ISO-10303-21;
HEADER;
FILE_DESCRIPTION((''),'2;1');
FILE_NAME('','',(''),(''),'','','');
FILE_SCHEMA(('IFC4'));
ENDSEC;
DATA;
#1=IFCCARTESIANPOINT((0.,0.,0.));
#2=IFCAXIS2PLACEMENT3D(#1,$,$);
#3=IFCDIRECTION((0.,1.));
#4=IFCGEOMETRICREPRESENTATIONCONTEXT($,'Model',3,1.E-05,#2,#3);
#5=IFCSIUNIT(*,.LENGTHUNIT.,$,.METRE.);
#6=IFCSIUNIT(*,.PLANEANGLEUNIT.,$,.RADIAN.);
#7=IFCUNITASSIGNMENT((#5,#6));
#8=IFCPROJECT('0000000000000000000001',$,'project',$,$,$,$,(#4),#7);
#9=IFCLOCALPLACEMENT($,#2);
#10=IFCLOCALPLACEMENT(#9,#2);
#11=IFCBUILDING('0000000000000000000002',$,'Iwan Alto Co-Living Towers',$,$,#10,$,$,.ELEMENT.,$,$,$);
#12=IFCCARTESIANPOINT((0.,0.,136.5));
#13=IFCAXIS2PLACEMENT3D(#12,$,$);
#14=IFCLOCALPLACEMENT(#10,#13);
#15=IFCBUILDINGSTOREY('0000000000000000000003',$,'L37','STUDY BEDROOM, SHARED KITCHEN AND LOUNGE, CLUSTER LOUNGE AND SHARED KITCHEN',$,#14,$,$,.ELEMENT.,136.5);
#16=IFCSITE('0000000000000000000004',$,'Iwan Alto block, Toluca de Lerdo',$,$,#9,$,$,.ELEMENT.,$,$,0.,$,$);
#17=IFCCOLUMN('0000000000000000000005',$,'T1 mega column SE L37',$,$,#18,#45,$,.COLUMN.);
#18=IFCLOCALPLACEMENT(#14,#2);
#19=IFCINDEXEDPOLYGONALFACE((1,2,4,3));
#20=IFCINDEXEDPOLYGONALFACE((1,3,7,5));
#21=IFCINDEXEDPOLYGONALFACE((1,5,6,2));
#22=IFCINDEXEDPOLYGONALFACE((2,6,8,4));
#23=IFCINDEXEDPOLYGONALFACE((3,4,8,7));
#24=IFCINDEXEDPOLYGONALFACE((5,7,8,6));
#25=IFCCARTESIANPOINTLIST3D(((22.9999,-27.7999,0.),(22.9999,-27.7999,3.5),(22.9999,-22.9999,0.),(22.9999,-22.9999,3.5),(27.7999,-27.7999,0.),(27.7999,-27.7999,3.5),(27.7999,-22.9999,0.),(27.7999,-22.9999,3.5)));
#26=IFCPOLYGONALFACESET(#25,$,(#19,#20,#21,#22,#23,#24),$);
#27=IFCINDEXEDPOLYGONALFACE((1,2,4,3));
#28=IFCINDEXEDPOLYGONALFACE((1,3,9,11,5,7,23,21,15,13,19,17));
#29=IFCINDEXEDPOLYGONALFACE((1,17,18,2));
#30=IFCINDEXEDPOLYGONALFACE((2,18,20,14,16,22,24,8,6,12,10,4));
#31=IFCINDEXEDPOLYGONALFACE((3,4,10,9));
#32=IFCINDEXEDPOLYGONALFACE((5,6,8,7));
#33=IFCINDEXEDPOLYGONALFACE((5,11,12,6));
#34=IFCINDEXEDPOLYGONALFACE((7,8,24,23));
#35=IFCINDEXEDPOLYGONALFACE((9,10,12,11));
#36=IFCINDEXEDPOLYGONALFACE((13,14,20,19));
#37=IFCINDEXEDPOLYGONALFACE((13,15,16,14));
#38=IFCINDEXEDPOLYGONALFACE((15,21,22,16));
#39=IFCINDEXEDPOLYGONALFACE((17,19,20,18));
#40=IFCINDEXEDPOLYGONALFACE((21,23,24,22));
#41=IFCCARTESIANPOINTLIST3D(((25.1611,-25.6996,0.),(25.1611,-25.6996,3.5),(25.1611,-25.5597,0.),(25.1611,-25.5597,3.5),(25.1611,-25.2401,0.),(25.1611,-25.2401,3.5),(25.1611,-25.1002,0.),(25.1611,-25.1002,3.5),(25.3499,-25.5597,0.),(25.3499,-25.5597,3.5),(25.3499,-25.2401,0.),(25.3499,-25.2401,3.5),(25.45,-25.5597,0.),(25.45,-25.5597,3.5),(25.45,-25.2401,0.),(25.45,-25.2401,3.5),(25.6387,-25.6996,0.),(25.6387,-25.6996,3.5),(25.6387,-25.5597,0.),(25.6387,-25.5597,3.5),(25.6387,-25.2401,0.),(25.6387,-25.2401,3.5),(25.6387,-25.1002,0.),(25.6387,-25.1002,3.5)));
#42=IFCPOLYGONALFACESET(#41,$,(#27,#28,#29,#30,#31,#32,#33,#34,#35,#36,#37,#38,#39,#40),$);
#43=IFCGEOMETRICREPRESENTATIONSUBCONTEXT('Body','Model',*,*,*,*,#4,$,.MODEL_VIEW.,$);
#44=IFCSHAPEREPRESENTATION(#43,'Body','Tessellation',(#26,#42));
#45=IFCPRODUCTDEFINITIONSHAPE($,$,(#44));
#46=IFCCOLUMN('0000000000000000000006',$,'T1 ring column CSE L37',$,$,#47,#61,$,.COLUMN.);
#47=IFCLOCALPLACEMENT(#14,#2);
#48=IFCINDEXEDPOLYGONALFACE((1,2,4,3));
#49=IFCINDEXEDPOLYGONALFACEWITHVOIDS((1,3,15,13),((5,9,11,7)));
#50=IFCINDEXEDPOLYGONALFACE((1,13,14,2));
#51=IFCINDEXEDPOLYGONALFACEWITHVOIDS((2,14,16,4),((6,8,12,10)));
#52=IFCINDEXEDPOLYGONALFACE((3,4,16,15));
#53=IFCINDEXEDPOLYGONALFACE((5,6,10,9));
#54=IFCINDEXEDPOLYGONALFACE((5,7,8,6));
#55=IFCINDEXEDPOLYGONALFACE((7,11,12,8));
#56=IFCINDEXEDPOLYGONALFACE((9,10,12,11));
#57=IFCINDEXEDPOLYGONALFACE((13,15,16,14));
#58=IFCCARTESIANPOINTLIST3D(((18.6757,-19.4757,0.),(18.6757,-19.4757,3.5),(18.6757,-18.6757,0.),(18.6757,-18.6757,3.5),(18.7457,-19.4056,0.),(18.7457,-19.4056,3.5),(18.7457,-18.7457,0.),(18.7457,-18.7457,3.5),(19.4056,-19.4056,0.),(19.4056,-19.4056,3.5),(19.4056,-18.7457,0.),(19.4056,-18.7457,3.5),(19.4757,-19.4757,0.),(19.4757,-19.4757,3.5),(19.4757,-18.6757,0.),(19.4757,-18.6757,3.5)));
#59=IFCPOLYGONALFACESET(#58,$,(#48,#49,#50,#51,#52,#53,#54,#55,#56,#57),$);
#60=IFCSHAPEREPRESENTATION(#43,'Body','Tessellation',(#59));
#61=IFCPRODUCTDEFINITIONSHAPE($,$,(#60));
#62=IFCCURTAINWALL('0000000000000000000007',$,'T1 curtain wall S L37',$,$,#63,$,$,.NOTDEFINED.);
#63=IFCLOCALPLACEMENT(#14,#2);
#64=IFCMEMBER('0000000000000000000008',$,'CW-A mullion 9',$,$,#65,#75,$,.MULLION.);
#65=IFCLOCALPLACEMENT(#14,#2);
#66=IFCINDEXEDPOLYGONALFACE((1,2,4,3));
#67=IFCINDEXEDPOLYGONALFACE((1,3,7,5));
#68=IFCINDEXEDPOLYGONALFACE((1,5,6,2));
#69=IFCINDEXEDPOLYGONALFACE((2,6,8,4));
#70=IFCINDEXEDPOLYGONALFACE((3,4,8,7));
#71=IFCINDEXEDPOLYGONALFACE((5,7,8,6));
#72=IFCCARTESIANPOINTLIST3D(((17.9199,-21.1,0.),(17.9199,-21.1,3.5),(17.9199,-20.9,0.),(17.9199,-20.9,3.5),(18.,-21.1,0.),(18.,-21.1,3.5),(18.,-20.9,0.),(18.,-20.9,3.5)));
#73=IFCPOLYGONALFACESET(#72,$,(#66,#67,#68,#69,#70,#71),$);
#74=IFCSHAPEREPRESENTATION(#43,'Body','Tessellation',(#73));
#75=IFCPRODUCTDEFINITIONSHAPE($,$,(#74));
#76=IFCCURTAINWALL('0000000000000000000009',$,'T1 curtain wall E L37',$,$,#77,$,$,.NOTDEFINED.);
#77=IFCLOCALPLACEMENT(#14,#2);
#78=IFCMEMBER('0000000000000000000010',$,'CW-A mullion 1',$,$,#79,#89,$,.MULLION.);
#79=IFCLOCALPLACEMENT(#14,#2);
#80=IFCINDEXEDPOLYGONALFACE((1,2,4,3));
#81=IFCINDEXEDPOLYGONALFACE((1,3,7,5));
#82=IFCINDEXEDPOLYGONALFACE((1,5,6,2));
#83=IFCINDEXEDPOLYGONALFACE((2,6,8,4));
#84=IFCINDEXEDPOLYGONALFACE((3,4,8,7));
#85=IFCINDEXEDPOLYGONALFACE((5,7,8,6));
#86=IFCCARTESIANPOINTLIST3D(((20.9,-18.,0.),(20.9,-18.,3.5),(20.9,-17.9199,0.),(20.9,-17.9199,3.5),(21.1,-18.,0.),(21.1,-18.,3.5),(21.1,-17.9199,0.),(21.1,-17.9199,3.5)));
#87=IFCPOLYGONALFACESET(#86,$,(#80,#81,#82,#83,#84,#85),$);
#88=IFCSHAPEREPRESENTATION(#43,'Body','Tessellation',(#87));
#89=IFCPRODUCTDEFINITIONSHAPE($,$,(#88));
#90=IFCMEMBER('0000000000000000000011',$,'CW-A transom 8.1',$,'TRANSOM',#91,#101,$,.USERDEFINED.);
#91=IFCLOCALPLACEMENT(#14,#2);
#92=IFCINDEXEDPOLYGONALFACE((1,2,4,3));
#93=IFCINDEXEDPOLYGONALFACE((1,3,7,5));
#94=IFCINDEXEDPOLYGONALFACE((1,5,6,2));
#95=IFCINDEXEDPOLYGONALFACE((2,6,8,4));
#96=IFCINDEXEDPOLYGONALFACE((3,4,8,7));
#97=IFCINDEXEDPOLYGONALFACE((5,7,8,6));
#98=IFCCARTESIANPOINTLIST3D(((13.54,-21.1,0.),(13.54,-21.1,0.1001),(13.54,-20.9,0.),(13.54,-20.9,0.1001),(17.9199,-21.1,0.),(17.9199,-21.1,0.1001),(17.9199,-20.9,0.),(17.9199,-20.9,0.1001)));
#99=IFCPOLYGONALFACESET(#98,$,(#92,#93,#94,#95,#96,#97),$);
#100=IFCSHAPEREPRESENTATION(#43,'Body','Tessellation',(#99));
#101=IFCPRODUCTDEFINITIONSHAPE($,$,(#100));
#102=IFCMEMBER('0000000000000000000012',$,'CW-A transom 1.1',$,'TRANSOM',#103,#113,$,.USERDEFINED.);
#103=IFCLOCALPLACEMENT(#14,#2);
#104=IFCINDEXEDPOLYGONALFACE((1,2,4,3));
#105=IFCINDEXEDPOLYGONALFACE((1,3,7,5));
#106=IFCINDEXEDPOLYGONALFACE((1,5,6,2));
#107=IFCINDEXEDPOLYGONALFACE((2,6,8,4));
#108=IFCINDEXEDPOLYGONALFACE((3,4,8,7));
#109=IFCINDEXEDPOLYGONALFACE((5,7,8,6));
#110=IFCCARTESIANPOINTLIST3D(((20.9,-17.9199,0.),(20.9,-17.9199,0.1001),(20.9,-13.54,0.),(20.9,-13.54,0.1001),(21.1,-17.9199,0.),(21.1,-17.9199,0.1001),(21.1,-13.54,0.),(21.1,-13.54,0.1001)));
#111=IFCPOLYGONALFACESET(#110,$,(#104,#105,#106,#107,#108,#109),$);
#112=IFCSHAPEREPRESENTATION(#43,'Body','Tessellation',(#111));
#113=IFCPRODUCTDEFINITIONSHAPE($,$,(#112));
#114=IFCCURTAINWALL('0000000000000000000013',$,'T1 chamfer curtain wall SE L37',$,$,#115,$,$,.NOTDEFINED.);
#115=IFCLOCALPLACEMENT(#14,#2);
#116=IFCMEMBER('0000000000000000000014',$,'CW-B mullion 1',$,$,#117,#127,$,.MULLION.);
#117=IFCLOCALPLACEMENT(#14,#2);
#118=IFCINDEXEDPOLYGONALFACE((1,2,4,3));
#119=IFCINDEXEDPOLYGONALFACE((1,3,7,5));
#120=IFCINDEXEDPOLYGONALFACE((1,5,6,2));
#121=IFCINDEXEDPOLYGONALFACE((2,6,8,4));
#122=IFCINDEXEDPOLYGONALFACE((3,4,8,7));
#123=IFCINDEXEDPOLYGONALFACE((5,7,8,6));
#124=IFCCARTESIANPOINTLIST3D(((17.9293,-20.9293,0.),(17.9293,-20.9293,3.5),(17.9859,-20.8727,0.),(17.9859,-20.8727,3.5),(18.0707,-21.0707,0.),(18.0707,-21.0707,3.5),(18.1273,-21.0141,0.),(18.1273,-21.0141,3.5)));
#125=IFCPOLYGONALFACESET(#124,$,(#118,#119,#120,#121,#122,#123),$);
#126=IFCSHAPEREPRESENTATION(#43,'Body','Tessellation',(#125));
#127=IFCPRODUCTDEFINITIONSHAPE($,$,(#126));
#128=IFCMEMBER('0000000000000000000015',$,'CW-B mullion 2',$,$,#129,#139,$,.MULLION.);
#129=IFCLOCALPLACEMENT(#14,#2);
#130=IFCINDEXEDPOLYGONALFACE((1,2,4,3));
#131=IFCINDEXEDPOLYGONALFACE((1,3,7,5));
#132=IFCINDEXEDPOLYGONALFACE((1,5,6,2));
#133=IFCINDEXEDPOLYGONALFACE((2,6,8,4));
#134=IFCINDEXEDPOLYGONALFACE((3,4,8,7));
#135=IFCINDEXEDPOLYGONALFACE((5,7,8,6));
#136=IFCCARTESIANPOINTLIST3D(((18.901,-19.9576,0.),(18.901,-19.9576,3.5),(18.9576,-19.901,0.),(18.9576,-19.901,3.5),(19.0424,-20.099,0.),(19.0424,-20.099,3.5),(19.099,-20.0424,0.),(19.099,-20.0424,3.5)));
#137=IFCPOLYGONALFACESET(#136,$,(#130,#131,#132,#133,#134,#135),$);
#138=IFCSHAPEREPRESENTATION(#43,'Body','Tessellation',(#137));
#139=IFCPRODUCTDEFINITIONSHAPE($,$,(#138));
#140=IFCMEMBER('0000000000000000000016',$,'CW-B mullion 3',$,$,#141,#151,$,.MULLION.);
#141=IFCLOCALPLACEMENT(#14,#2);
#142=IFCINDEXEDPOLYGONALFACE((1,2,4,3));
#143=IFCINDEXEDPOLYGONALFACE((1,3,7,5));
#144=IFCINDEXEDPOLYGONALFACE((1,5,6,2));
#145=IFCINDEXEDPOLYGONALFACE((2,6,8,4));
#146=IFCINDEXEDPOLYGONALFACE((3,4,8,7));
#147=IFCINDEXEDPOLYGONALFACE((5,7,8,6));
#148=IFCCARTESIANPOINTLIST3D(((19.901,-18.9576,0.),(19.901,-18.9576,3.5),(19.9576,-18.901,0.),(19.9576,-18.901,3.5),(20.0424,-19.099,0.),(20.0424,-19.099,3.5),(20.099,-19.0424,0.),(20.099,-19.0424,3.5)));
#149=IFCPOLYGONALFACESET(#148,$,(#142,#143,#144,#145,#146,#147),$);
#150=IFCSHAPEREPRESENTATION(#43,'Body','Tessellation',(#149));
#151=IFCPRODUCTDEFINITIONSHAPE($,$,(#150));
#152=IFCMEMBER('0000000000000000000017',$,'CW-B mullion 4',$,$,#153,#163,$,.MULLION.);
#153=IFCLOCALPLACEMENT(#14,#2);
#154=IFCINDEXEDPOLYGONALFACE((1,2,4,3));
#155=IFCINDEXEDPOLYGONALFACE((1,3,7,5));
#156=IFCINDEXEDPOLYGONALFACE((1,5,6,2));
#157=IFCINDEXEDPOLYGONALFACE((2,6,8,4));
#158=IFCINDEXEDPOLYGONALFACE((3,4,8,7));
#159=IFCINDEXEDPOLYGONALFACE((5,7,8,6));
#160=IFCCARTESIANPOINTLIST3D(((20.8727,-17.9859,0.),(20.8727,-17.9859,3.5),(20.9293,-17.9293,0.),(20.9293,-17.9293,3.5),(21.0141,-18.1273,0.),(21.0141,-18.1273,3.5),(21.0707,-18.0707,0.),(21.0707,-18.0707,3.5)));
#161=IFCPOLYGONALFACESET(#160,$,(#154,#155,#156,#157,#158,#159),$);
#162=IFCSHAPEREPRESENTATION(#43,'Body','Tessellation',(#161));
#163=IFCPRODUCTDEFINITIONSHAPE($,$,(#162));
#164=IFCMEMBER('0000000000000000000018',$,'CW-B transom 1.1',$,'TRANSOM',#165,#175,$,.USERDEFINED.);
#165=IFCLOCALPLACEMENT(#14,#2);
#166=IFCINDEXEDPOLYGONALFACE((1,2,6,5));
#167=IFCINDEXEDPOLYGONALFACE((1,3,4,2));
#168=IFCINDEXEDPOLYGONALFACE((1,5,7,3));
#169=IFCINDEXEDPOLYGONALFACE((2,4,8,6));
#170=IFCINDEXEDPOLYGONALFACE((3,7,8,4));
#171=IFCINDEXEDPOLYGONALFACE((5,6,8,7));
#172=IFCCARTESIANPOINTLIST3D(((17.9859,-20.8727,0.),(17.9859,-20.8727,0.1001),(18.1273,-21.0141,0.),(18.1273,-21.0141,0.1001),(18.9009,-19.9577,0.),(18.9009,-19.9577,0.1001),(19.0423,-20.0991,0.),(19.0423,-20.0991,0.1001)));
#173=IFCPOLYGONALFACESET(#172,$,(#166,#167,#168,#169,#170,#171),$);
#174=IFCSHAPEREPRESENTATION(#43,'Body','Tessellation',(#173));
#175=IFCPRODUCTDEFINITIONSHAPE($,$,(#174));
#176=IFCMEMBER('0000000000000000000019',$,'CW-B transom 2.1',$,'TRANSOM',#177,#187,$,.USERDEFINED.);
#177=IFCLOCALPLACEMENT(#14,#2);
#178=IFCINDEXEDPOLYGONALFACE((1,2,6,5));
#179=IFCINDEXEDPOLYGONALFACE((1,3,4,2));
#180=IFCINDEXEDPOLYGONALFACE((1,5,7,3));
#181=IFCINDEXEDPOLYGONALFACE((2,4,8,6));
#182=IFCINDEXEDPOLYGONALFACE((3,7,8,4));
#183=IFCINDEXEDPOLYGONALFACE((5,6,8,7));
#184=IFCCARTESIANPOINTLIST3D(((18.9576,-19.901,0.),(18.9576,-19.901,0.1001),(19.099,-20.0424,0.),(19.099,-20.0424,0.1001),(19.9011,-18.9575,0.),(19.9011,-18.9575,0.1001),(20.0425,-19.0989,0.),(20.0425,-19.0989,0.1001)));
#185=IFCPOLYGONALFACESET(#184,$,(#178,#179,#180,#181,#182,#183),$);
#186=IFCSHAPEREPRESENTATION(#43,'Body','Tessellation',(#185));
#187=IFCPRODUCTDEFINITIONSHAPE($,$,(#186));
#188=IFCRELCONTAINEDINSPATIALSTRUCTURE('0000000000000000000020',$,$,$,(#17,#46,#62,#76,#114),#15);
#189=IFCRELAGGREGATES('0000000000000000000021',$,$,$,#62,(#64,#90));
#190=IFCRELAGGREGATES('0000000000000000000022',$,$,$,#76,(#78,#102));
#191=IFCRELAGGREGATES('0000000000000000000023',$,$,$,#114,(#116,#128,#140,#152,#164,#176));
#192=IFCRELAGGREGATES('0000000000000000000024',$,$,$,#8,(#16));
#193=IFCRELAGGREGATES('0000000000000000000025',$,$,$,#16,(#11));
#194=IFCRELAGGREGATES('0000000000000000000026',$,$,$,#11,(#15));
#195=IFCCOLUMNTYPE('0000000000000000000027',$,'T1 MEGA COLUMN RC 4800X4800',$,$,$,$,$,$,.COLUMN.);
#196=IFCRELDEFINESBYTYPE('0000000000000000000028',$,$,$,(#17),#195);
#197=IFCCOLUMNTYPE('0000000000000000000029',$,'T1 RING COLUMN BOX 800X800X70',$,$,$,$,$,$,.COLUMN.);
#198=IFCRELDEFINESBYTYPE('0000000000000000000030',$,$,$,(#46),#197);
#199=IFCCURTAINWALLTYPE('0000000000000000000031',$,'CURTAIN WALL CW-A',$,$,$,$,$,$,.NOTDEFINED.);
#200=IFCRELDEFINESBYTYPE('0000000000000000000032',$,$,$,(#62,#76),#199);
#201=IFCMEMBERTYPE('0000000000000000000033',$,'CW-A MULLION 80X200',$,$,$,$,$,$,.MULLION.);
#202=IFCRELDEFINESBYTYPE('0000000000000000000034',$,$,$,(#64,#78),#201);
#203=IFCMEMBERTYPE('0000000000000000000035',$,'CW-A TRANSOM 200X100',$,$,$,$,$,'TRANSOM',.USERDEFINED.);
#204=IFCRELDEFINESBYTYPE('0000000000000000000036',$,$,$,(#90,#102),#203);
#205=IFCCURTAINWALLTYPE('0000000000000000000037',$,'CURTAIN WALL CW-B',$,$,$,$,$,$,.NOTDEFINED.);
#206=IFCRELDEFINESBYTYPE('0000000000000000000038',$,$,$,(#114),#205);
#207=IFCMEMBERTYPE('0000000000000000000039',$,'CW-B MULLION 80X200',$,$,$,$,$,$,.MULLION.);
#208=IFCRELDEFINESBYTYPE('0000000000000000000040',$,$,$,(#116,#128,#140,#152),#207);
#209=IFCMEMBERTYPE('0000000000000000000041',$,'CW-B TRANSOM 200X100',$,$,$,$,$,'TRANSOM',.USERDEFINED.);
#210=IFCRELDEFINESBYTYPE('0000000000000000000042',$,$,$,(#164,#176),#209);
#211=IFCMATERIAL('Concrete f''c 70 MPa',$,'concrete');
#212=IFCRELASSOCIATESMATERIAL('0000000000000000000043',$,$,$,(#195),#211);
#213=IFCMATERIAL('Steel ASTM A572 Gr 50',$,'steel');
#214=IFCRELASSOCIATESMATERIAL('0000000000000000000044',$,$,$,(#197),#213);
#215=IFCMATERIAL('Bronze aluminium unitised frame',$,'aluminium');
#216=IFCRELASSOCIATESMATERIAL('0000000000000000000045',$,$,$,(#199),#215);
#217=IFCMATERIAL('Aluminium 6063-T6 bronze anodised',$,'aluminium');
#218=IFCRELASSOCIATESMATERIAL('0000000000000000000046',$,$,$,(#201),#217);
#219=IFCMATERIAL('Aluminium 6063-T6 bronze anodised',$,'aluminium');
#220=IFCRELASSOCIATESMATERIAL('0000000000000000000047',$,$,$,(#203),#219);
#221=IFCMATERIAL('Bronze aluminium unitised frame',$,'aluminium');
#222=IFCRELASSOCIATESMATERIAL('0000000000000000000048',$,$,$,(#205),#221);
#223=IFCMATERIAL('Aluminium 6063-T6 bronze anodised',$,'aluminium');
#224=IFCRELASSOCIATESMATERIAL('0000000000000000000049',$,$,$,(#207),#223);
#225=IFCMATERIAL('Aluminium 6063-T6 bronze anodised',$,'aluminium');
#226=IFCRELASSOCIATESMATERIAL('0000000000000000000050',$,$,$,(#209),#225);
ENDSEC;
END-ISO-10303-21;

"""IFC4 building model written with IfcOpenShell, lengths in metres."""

from ifc_helpers import new_model, si_unit, direction, frame, origin, origin_2d, place, context, subcontext, project, spatial, rectangle, hollow_rectangle, i_section, extrude, material, material_profile, profile_set, type_object, element, aggregate, save


model = new_model("IFC4")

# Units and contexts
model_context = context("Model", 3, precision=1e-05, world=origin(), true_north=direction((0.0, 1.0)))
body_context = subcontext(model_context, "Body", "Model", "MODEL_VIEW")
ifc_project = project(units=[si_unit("LENGTHUNIT", "METRE"), si_unit("PLANEANGLEUNIT", "RADIAN")], contexts=[model_context])

# Site, building, storey
site_placement = place(None, origin())
site = spatial("IfcSite", under=ifc_project, at=site_placement, Name="Iwan Alto block, Toluca de Lerdo", CompositionType="ELEMENT", RefElevation=0.0)
building_placement = place(site_placement, origin())
building = spatial("IfcBuilding", under=site, at=building_placement, Name="Iwan Alto Co-Living Towers", CompositionType="ELEMENT")
storey_placement = place(building_placement, frame((0.0, 0.0, 136.5)))
storey = spatial("IfcBuildingStorey", under=building, at=storey_placement, Name="L37", Description="STUDY BEDROOM, SHARED KITCHEN AND LOUNGE, CLUSTER LOUNGE AND SHARED KITCHEN", CompositionType="ELEMENT", Elevation=136.5)

# Columns
ifc_material_1 = material(Name="Concrete f'c 70 MPa", Category="concrete")
ifc_material_profile_1 = material_profile(ifc_material_1, rectangle(XDim=4.8, YDim=4.8, at=origin_2d()), Name="RC 4800X4800")
ifc_profile_set_1 = profile_set([ifc_material_profile_1], Name="Concrete f'c 70 MPa")
column_type_1 = type_object("IfcColumnType", Name="T1 MEGA COLUMN RC 4800X4800", PredefinedType="COLUMN", material=ifc_profile_set_1)
column_1_placement = place(storey_placement, frame((25.3999, -25.3999, 0.0), z_axis=(0.0, 0.0, 1.0), x_axis=(1.0, 0.0, 0.0)))
element("IfcColumn", 1, at=column_1_placement, inside=storey, type_object=column_type_1, Name="T1 mega column SE L37", PredefinedType="COLUMN", context=body_context, shape_type="SweptSolid", body=[
    extrude(rectangle(XDim=4.8, YDim=4.8, at=origin_2d()), origin(), (0.0, 0.0, 1.0), 3.5),
    extrude(i_section(OverallWidth=0.4775, OverallDepth=0.5994, WebThickness=0.1001, FlangeThickness=0.1399, at=origin_2d()), origin(), (0.0, 0.0, 1.0), 3.5),
])
ifc_material_2 = material(Name="Steel ASTM A572 Gr 50", Category="steel")
ifc_material_profile_2 = material_profile(ifc_material_2, hollow_rectangle(XDim=0.8, YDim=0.8, WallThickness=0.0701, at=origin_2d()), Name="BOX 800X800X70")
ifc_profile_set_2 = profile_set([ifc_material_profile_2], Name="Steel ASTM A572 Gr 50")
column_type_2 = type_object("IfcColumnType", Name="T1 RING COLUMN BOX 800X800X70", PredefinedType="COLUMN", material=ifc_profile_set_2)
column_2_placement = place(storey_placement, frame((19.0757, -19.0757, 0.0), z_axis=(0.0, 0.0, 1.0), x_axis=(1.0, 0.0, 0.0)))
element("IfcColumn", 2, at=column_2_placement, inside=storey, type_object=column_type_2, Name="T1 ring column CSE L37", PredefinedType="COLUMN", context=body_context, shape_type="SweptSolid", body=[
    extrude(hollow_rectangle(XDim=0.8, YDim=0.8, WallThickness=0.0701, at=origin_2d()), origin(), (0.0, 0.0, 1.0), 3.5),
])

# Curtain walls, members
ifc_material_3 = material(Name="Bronze aluminium unitised frame", Category="aluminium")
curtain_wall_type_1 = type_object("IfcCurtainWallType", Name="CURTAIN WALL CW-A", PredefinedType="NOTDEFINED", material=ifc_material_3)
curtain_wall_1_placement = place(storey_placement, origin())
curtain_wall_1 = element("IfcCurtainWall", 3, at=curtain_wall_1_placement, inside=storey, type_object=curtain_wall_type_1, Name="T1 curtain wall S L37", PredefinedType="NOTDEFINED")
ifc_material_4 = material(Name="Aluminium 6063-T6 bronze anodised", Category="aluminium")
ifc_material_profile_3 = material_profile(ifc_material_4, rectangle(XDim=0.2, YDim=0.0801, at=origin_2d()), Name="AL 80X200")
ifc_profile_set_3 = profile_set([ifc_material_profile_3], Name="Aluminium 6063-T6 bronze anodised")
member_type_1 = type_object("IfcMemberType", Name="CW-A MULLION 80X200", PredefinedType="MULLION", material=ifc_profile_set_3)
member_1_placement = place(storey_placement, frame((17.96, -21.0, 0.0), z_axis=(0.0, 0.0, 1.0), x_axis=(0.0, 1.0, 0.0)))
member_1 = element("IfcMember", 4, at=member_1_placement, type_object=member_type_1, Name="CW-A mullion 9", PredefinedType="MULLION", context=body_context, shape_type="SweptSolid", body=[
    extrude(rectangle(XDim=0.2, YDim=0.0801, at=origin_2d()), origin(), (0.0, 0.0, 1.0), 3.5),
])
curtain_wall_2_placement = place(storey_placement, origin())
curtain_wall_2 = element("IfcCurtainWall", 5, at=curtain_wall_2_placement, inside=storey, type_object=curtain_wall_type_1, Name="T1 curtain wall E L37", PredefinedType="NOTDEFINED")
member_2_placement = place(storey_placement, frame((21.0, -17.96, 0.0), z_axis=(0.0, 0.0, 1.0), x_axis=(-1.0, 0.0, 0.0)))
member_2 = element("IfcMember", 6, at=member_2_placement, type_object=member_type_1, Name="CW-A mullion 1", PredefinedType="MULLION", context=body_context, shape_type="SweptSolid", body=[
    extrude(rectangle(XDim=0.2, YDim=0.0801, at=origin_2d()), origin(), (0.0, 0.0, 1.0), 3.5),
])

# Members
ifc_material_5 = material(Name="Aluminium 6063-T6 bronze anodised", Category="aluminium")
ifc_material_profile_4 = material_profile(ifc_material_5, rectangle(XDim=0.2, YDim=0.1001, at=origin_2d()), Name="AL 200X100")
ifc_profile_set_4 = profile_set([ifc_material_profile_4], Name="Aluminium 6063-T6 bronze anodised")
member_type_2 = type_object("IfcMemberType", Name="CW-A TRANSOM 200X100", ElementType="TRANSOM", PredefinedType="USERDEFINED", material=ifc_profile_set_4)
member_3_placement = place(storey_placement, frame((13.54, -21.0, 0.05), z_axis=(1.0, 0.0, 0.0), x_axis=(0.0, 1.0, 0.0)))
member_3 = element("IfcMember", 7, at=member_3_placement, type_object=member_type_2, Name="CW-A transom 8.1", ObjectType="TRANSOM", PredefinedType="USERDEFINED", context=body_context, shape_type="SweptSolid", body=[
    extrude(rectangle(XDim=0.2, YDim=0.1001, at=origin_2d()), origin(), (0.0, 0.0, 1.0), 4.3799),
])
member_4_placement = place(storey_placement, frame((21.0, -17.9199, 0.05), z_axis=(0.0, 1.0, 0.0), x_axis=(-1.0, 0.0, 0.0)))
member_4 = element("IfcMember", 8, at=member_4_placement, type_object=member_type_2, Name="CW-A transom 1.1", ObjectType="TRANSOM", PredefinedType="USERDEFINED", context=body_context, shape_type="SweptSolid", body=[
    extrude(rectangle(XDim=0.2, YDim=0.1001, at=origin_2d()), origin(), (0.0, 0.0, 1.0), 4.3799),
])

# Curtain wall, members
ifc_material_6 = material(Name="Bronze aluminium unitised frame", Category="aluminium")
curtain_wall_type_2 = type_object("IfcCurtainWallType", Name="CURTAIN WALL CW-B", PredefinedType="NOTDEFINED", material=ifc_material_6)
curtain_wall_3_placement = place(storey_placement, origin())
curtain_wall_3 = element("IfcCurtainWall", 9, at=curtain_wall_3_placement, inside=storey, type_object=curtain_wall_type_2, Name="T1 chamfer curtain wall SE L37", PredefinedType="NOTDEFINED")
ifc_material_7 = material(Name="Aluminium 6063-T6 bronze anodised", Category="aluminium")
ifc_material_profile_5 = material_profile(ifc_material_7, rectangle(XDim=0.2, YDim=0.0801, at=origin_2d()), Name="AL 80X200")
ifc_profile_set_5 = profile_set([ifc_material_profile_5], Name="Aluminium 6063-T6 bronze anodised")
member_type_3 = type_object("IfcMemberType", Name="CW-B MULLION 80X200", PredefinedType="MULLION", material=ifc_profile_set_5)
member_5_placement = place(storey_placement, frame((18.0283, -20.9717, 0.0), z_axis=(0.0, 0.0, 1.0), x_axis=(-0.707107, 0.707107, 0.0)))
member_5 = element("IfcMember", 10, at=member_5_placement, type_object=member_type_3, Name="CW-B mullion 1", PredefinedType="MULLION", context=body_context, shape_type="SweptSolid", body=[
    extrude(rectangle(XDim=0.2, YDim=0.0801, at=origin_2d()), origin(), (0.0, 0.0, 1.0), 3.5),
])
member_6_placement = place(storey_placement, frame((19.0, -20.0, 0.0), z_axis=(0.0, 0.0, 1.0), x_axis=(-0.707107, 0.707107, 0.0)))
member_6 = element("IfcMember", 11, at=member_6_placement, type_object=member_type_3, Name="CW-B mullion 2", PredefinedType="MULLION", context=body_context, shape_type="SweptSolid", body=[
    extrude(rectangle(XDim=0.2, YDim=0.0801, at=origin_2d()), origin(), (0.0, 0.0, 1.0), 3.5),
])
member_7_placement = place(storey_placement, frame((20.0, -19.0, 0.0), z_axis=(0.0, 0.0, 1.0), x_axis=(-0.707107, 0.707107, 0.0)))
member_7 = element("IfcMember", 12, at=member_7_placement, type_object=member_type_3, Name="CW-B mullion 3", PredefinedType="MULLION", context=body_context, shape_type="SweptSolid", body=[
    extrude(rectangle(XDim=0.2, YDim=0.0801, at=origin_2d()), origin(), (0.0, 0.0, 1.0), 3.5),
])
member_8_placement = place(storey_placement, frame((20.9717, -18.0283, 0.0), z_axis=(0.0, 0.0, 1.0), x_axis=(-0.707107, 0.707107, 0.0)))
member_8 = element("IfcMember", 13, at=member_8_placement, type_object=member_type_3, Name="CW-B mullion 4", PredefinedType="MULLION", context=body_context, shape_type="SweptSolid", body=[
    extrude(rectangle(XDim=0.2, YDim=0.0801, at=origin_2d()), origin(), (0.0, 0.0, 1.0), 3.5),
])
ifc_material_8 = material(Name="Aluminium 6063-T6 bronze anodised", Category="aluminium")
ifc_material_profile_6 = material_profile(ifc_material_8, rectangle(XDim=0.2, YDim=0.1001, at=origin_2d()), Name="AL 200X100")
ifc_profile_set_6 = profile_set([ifc_material_profile_6], Name="Aluminium 6063-T6 bronze anodised")
member_type_4 = type_object("IfcMemberType", Name="CW-B TRANSOM 200X100", ElementType="TRANSOM", PredefinedType="USERDEFINED", material=ifc_profile_set_6)
member_9_placement = place(storey_placement, frame((18.0566, -20.9434, 0.05), z_axis=(0.707107, 0.707107, 0.0), x_axis=(-0.707107, 0.707107, 0.0)))
member_9 = element("IfcMember", 14, at=member_9_placement, type_object=member_type_4, Name="CW-B transom 1.1", ObjectType="TRANSOM", PredefinedType="USERDEFINED", context=body_context, shape_type="SweptSolid", body=[
    extrude(rectangle(XDim=0.2, YDim=0.1001, at=origin_2d()), origin(), (0.0, 0.0, 1.0), 1.2939),
])
member_10_placement = place(storey_placement, frame((19.0283, -19.9717, 0.05), z_axis=(0.707107, 0.707107, 0.0), x_axis=(-0.707107, 0.707107, 0.0)))
member_10 = element("IfcMember", 15, at=member_10_placement, type_object=member_type_4, Name="CW-B transom 2.1", ObjectType="TRANSOM", PredefinedType="USERDEFINED", context=body_context, shape_type="SweptSolid", body=[
    extrude(rectangle(XDim=0.2, YDim=0.1001, at=origin_2d()), origin(), (0.0, 0.0, 1.0), 1.3342),
])

aggregate(curtain_wall_1, [member_1, member_3])
aggregate(curtain_wall_2, [member_2, member_4])
aggregate(curtain_wall_3, [member_5, member_6, member_7, member_8, member_9, member_10])

save(model, "model.ifc")
